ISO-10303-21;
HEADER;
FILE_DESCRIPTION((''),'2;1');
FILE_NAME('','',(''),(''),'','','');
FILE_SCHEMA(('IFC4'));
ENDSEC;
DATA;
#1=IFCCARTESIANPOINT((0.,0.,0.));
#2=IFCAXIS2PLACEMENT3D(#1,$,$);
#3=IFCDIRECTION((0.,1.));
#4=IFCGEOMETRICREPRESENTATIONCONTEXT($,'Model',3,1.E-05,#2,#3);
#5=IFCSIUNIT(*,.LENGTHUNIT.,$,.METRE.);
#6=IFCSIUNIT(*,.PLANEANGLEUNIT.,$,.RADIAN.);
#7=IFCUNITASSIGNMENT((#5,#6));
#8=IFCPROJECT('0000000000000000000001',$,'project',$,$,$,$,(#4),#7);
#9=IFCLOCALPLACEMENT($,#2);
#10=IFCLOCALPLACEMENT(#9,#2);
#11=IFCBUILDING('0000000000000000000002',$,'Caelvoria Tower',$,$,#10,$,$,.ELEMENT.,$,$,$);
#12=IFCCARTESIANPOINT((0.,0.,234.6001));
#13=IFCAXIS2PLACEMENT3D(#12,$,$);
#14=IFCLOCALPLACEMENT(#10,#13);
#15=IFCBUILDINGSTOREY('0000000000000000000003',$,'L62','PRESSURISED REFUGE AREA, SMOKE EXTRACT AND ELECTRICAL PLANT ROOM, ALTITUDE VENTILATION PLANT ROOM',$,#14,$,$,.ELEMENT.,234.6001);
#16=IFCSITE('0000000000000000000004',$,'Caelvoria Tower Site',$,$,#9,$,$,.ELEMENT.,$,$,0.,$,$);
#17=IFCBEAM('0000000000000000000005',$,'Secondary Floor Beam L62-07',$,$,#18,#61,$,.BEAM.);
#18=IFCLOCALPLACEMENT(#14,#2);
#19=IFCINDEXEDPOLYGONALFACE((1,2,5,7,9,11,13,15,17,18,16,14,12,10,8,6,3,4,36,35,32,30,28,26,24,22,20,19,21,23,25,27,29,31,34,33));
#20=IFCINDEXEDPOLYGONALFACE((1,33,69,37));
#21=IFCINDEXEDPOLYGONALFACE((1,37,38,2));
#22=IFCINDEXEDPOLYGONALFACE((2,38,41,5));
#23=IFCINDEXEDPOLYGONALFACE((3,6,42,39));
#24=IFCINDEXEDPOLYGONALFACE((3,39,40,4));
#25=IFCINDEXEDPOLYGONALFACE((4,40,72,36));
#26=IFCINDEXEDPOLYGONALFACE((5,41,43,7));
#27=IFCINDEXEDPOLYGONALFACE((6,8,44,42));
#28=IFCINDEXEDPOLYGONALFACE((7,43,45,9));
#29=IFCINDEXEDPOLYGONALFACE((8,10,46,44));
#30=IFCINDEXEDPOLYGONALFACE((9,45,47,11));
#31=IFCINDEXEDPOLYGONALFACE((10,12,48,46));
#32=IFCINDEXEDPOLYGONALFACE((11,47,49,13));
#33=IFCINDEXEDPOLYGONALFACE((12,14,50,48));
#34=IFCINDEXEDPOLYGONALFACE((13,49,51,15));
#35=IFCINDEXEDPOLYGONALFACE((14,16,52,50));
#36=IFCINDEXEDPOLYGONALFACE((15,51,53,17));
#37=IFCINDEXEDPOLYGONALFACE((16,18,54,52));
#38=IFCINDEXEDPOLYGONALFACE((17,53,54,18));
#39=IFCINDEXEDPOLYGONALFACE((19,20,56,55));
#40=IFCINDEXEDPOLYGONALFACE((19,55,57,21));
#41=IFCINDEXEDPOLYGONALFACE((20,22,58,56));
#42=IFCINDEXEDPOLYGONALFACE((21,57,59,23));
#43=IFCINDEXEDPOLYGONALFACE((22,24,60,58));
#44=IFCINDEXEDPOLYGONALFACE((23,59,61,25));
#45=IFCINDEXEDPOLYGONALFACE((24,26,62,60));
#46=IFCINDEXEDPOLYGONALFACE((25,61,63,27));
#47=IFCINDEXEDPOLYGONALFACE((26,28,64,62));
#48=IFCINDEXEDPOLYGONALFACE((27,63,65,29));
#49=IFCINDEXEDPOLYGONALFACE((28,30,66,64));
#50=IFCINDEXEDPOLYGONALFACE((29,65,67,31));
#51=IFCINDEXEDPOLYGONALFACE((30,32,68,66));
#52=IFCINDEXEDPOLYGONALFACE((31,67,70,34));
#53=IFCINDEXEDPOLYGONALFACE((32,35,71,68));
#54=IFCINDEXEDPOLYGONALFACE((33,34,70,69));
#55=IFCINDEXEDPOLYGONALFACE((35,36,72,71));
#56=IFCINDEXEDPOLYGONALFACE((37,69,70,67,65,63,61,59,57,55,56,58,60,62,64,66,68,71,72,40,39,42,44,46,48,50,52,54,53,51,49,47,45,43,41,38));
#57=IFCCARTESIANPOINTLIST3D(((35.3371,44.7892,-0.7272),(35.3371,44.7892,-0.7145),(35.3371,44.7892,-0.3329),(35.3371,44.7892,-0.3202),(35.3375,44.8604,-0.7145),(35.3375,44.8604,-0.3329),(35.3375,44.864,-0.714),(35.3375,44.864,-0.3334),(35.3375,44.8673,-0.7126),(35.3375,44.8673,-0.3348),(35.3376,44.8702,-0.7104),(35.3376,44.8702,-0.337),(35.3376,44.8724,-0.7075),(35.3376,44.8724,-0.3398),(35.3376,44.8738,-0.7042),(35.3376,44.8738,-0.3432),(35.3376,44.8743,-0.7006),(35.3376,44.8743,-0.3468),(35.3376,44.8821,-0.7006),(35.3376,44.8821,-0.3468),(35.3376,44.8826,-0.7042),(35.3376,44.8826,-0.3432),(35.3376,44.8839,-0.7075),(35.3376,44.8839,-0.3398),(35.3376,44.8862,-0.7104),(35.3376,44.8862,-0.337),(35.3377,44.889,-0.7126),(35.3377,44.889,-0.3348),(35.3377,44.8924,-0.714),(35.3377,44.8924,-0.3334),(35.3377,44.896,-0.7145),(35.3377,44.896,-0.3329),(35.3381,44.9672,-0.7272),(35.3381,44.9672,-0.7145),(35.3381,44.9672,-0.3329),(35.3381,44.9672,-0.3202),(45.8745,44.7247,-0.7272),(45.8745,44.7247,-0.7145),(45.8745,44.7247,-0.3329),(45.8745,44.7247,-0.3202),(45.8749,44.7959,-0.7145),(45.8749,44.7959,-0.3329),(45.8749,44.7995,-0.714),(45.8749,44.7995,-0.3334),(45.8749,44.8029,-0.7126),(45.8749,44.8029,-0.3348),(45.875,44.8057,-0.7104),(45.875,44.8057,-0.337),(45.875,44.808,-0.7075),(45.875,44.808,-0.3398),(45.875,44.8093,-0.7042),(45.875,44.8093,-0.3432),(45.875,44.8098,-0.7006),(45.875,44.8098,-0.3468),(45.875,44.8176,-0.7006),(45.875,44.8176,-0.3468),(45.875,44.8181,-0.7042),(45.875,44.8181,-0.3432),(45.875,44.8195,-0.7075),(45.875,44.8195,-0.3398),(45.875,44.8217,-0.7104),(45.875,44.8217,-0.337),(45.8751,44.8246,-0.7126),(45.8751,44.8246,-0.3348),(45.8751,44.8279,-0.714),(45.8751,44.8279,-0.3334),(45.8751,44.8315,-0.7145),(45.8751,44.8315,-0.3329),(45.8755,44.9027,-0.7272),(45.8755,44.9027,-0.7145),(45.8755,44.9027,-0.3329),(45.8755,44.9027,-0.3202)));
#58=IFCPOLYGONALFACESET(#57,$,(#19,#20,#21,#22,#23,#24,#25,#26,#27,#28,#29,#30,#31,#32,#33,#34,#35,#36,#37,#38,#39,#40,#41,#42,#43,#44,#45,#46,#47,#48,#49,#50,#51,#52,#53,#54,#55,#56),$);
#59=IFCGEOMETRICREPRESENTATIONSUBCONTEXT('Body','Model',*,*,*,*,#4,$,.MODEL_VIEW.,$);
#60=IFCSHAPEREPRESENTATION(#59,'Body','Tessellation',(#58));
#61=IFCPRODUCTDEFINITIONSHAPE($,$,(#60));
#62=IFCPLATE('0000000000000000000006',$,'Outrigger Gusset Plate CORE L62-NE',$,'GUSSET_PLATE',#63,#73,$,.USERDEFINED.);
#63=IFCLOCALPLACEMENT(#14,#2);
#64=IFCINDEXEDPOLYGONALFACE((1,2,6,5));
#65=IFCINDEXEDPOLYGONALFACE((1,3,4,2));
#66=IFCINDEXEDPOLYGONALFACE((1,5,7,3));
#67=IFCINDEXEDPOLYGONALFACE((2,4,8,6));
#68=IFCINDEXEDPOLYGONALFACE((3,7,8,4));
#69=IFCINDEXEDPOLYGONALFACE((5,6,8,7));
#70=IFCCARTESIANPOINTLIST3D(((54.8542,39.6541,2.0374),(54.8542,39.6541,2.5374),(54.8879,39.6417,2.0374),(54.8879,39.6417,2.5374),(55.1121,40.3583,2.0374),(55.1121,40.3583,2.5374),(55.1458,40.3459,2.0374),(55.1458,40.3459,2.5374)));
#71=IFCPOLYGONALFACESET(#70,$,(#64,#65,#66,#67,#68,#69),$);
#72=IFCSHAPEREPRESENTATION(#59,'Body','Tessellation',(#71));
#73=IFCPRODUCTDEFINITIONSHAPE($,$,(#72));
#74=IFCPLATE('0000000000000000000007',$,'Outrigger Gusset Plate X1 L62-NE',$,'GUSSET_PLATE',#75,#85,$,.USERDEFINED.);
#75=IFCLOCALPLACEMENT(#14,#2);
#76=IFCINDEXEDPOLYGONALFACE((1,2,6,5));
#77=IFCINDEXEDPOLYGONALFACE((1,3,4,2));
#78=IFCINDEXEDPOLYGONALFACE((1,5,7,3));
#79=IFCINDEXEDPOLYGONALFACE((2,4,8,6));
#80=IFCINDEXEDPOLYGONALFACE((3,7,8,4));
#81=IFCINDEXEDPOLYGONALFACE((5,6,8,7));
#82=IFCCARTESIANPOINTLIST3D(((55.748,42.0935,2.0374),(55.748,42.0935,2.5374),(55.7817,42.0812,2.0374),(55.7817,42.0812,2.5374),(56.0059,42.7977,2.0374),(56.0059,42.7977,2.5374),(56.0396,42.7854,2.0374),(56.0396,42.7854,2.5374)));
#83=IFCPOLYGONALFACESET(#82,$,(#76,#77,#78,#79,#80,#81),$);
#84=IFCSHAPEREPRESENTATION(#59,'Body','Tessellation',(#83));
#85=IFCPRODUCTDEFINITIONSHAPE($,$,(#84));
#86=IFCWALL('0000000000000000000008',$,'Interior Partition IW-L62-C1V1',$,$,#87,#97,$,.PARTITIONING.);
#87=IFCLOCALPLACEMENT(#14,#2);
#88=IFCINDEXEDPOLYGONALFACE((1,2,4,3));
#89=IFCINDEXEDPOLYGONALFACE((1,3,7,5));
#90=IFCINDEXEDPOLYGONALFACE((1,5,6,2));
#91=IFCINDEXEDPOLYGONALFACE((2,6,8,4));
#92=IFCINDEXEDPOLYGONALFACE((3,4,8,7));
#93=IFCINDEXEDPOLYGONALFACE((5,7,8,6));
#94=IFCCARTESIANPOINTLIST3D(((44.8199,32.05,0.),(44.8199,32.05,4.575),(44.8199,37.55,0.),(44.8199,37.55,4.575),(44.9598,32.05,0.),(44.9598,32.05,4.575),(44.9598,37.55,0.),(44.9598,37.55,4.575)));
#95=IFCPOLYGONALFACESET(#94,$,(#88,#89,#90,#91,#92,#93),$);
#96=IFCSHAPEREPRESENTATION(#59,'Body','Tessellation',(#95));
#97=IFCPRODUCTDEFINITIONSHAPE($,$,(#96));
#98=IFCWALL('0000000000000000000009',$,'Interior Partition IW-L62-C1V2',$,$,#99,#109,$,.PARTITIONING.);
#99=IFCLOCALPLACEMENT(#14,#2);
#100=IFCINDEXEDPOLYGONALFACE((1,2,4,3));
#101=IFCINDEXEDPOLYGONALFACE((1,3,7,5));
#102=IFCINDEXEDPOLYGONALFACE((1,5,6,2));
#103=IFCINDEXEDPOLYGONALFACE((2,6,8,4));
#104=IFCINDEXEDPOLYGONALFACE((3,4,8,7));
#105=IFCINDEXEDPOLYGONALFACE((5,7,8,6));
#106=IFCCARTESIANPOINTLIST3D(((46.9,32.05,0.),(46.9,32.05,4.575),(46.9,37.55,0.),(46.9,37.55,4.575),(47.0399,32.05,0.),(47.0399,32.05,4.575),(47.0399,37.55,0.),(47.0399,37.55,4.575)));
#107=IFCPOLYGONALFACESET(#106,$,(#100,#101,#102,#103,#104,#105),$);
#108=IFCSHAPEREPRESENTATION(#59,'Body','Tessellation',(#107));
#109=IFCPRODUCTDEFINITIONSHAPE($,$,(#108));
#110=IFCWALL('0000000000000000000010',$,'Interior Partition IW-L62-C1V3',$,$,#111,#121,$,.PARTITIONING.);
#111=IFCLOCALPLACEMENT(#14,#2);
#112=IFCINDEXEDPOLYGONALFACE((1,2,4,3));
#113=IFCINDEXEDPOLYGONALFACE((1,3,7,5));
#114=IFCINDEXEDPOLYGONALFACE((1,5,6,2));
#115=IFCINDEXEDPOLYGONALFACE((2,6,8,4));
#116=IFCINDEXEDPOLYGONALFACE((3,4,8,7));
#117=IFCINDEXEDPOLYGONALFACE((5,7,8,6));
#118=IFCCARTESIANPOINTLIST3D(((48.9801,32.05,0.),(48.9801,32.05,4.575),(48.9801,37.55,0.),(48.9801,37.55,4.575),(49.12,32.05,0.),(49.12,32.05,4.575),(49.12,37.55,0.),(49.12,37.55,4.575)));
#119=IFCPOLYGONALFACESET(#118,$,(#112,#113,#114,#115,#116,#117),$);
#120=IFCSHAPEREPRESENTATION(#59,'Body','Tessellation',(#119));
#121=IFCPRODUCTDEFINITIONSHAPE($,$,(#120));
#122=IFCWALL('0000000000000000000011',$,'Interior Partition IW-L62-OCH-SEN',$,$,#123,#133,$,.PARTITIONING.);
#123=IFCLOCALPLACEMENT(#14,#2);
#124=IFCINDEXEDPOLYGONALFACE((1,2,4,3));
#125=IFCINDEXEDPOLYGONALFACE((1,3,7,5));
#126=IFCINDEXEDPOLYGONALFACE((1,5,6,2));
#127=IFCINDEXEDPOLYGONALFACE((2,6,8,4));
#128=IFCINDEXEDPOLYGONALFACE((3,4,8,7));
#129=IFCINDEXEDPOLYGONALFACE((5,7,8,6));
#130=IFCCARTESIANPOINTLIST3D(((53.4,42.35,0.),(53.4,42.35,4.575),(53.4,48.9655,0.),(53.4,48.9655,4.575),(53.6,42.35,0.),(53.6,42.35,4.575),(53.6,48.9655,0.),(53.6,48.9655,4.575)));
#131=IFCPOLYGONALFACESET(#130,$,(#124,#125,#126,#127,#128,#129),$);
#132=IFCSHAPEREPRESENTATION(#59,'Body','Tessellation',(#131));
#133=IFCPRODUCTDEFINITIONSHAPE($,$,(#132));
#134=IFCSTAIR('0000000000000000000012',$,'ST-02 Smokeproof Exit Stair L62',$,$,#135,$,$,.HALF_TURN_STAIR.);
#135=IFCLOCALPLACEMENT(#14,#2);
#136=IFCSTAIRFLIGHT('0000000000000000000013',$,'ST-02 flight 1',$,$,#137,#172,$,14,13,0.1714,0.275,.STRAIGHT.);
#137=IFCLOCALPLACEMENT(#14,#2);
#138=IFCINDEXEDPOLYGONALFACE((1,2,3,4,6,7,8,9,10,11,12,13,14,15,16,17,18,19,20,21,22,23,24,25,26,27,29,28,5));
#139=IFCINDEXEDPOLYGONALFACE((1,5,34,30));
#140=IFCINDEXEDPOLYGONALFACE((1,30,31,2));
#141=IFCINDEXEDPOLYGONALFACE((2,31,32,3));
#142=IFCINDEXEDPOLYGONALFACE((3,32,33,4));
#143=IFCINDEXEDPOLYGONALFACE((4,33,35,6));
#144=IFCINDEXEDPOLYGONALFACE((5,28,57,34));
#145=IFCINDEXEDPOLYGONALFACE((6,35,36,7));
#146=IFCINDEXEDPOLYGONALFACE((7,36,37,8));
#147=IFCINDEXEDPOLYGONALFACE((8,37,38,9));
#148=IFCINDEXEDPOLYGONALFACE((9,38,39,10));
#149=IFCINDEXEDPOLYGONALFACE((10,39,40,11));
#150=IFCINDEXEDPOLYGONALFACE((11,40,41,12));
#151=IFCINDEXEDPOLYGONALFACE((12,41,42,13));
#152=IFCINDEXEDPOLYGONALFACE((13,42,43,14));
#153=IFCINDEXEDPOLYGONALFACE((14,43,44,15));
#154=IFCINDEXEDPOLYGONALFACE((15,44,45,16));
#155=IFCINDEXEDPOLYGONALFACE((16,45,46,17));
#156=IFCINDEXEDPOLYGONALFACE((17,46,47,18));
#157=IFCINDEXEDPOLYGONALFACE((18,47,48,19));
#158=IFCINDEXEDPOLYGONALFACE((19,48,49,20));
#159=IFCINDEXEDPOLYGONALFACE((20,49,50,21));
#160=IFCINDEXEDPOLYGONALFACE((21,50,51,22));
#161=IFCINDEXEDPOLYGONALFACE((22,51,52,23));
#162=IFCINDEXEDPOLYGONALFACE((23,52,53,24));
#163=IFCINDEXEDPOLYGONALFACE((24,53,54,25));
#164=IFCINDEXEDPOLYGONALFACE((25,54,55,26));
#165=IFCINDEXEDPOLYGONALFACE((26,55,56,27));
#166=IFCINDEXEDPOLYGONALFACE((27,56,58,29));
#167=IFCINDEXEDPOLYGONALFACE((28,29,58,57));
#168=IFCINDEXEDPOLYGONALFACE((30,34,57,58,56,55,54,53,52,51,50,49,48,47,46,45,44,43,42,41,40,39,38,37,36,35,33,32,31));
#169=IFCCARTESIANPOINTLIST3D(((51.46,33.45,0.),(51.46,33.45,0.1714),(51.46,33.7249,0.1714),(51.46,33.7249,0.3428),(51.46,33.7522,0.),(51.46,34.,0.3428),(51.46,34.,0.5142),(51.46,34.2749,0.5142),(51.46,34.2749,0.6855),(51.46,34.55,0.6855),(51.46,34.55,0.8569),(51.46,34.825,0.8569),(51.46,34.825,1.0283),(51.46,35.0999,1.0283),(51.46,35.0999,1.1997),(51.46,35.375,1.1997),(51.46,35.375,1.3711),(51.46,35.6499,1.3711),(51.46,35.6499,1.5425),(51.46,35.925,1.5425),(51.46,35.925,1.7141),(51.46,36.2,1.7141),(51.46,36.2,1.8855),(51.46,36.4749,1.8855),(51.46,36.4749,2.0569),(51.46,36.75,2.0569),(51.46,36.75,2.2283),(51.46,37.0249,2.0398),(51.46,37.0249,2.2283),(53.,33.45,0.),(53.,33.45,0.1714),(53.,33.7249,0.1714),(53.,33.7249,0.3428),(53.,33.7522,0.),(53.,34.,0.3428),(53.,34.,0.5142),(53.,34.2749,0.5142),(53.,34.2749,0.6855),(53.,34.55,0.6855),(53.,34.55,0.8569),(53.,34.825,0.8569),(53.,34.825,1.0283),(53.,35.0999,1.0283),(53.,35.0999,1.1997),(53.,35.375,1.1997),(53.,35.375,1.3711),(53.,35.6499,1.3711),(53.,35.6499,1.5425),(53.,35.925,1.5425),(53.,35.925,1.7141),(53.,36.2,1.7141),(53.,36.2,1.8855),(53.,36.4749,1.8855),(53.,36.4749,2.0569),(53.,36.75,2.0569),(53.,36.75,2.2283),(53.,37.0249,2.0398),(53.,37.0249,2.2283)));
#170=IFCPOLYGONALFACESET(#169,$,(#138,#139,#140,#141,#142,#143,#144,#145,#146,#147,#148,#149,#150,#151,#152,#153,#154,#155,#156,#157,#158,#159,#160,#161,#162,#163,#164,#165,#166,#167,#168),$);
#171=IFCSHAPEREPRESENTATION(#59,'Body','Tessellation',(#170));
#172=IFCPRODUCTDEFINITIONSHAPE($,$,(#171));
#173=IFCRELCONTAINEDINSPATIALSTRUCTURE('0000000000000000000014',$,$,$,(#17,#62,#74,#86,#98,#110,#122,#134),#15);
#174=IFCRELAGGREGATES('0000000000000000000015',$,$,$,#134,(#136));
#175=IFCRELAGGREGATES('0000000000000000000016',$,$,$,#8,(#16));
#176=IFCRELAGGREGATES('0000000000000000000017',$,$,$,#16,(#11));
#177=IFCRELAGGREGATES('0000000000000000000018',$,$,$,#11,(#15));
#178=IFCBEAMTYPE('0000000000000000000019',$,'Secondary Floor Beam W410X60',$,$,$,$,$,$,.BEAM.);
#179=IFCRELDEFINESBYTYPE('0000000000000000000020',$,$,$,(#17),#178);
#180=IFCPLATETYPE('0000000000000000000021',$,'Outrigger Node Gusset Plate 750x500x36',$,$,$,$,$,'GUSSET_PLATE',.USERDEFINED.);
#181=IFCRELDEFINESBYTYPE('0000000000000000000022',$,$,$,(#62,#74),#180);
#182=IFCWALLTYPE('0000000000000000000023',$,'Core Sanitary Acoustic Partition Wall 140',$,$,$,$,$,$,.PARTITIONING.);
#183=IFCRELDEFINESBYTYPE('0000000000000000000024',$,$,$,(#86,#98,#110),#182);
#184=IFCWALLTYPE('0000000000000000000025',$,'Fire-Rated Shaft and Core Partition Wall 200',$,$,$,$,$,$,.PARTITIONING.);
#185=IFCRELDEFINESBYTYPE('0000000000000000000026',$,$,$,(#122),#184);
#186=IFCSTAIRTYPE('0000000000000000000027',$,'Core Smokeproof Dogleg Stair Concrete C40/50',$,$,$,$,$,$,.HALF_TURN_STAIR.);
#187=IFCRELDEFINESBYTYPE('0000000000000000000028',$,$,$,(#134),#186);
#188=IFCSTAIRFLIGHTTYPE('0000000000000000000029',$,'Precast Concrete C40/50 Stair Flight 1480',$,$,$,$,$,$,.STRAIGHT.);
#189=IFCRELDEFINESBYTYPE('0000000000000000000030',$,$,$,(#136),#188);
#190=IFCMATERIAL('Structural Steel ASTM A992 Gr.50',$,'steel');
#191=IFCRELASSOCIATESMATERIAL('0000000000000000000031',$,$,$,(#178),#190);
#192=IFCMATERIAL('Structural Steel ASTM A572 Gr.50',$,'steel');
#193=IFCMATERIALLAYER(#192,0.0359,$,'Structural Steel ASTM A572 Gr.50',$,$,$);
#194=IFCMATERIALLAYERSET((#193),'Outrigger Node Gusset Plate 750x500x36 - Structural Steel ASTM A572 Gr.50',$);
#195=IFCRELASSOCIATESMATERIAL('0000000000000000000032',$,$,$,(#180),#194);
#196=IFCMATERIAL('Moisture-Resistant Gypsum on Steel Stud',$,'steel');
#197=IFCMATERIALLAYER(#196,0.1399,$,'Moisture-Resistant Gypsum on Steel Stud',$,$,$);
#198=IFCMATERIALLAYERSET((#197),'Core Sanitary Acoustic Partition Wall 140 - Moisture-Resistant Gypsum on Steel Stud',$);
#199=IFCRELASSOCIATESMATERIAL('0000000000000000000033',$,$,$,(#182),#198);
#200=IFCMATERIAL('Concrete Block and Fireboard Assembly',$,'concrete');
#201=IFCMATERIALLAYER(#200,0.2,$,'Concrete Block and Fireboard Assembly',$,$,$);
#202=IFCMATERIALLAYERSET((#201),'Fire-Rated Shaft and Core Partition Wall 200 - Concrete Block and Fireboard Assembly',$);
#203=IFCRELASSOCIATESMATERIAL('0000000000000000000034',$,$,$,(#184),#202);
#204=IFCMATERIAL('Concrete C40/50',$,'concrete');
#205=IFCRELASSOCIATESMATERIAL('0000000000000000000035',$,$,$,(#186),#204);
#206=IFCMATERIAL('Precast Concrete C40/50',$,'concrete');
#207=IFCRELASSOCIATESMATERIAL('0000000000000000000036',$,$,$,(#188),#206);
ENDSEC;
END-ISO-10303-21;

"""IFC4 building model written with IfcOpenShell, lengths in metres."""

from ifc_helpers import new_model, si_unit, direction, frame, frame_2d, origin, origin_2d, place, context, subcontext, project, spatial, polyline, rectangle, i_section, outline, extrude, material, layer, layer_set, material_profile, profile_set, type_object, element, aggregate, save


model = new_model("IFC4")

# Units and contexts
model_context = context("Model", 3, precision=1e-05, world=origin(), true_north=direction((0.0, 1.0)))
body_context = subcontext(model_context, "Body", "Model", "MODEL_VIEW")
ifc_project = project(units=[si_unit("LENGTHUNIT", "METRE"), si_unit("PLANEANGLEUNIT", "RADIAN")], contexts=[model_context])

# Site, building, storey
site_placement = place(None, origin())
site = spatial("IfcSite", under=ifc_project, at=site_placement, Name="Caelvoria Tower Site", CompositionType="ELEMENT", RefElevation=0.0)
building_placement = place(site_placement, origin())
building = spatial("IfcBuilding", under=site, at=building_placement, Name="Caelvoria Tower", CompositionType="ELEMENT")
storey_placement = place(building_placement, frame((0.0, 0.0, 234.6001)))
storey = spatial("IfcBuildingStorey", under=building, at=storey_placement, Name="L62", Description="PRESSURISED REFUGE AREA, SMOKE EXTRACT AND ELECTRICAL PLANT ROOM, ALTITUDE VENTILATION PLANT ROOM", CompositionType="ELEMENT", Elevation=234.6001)

# Shared definitions
ifc_material_1 = material(Name="Structural Steel ASTM A992 Gr.50", Category="steel")

# Shared definitions
ifc_material_2 = material(Name="Structural Steel ASTM A572 Gr.50", Category="steel")

# Beam
ifc_material_profile_1 = material_profile(ifc_material_1, i_section(OverallWidth=0.178, OverallDepth=0.407, WebThickness=0.0078, FlangeThickness=0.0127, FilletRadius=0.0139, at=origin_2d()), Name="Structural Steel ASTM A992 Gr.50")
ifc_profile_set_1 = profile_set([ifc_material_profile_1], Name="W410X60 - Structural Steel ASTM A992 Gr.50")
beam_type_1 = type_object("IfcBeamType", Name="Secondary Floor Beam W410X60", PredefinedType="BEAM", material=ifc_profile_set_1)
for number, where, z_axis, x_axis, name in (
    (1, (45.875, 44.8137, -0.5237), (-0.999981, 0.006117, 0.0), (-0.006117, -0.999981, 0.0), "Secondary Floor Beam L62-07"),
):
    element("IfcBeam", number, at=place(storey_placement, frame(where, z_axis=z_axis, x_axis=x_axis)), inside=storey, type_object=beam_type_1, Name=name, PredefinedType="BEAM", context=body_context, shape_type="SweptSolid", body=[
        extrude(i_section(OverallWidth=0.178, OverallDepth=0.407, WebThickness=0.0078, FlangeThickness=0.0127, FilletRadius=0.0139, at=origin_2d()), origin(), (0.0, 0.0, 1.0), 10.5376),
    ])

# Plates
ifc_layer_1 = layer(ifc_material_2, 0.0359, Name="Structural Steel ASTM A572 Gr.50")
ifc_layer_set_1 = layer_set([ifc_layer_1], Name="Outrigger Node Gusset Plate 750x500x36 - Structural Steel ASTM A572 Gr.50")
plate_type = type_object("IfcPlateType", Name="Outrigger Node Gusset Plate 750x500x36", ElementType="GUSSET_PLATE", PredefinedType="USERDEFINED", material=ifc_layer_set_1)
for number, where, z_axis, x_axis, name in (
    (2, (55.0, 40.0, 2.0374), (0.0, 0.0, 1.0), (0.343992, 0.938972, 0.0), "Outrigger Gusset Plate CORE L62-NE"),
    (3, (55.8938, 42.4395, 2.0374), (0.0, 0.0, 1.0), (0.343992, 0.938972, 0.0), "Outrigger Gusset Plate X1 L62-NE"),
):
    element("IfcPlate", number, at=place(storey_placement, frame(where, z_axis=z_axis, x_axis=x_axis)), inside=storey, type_object=plate_type, Name=name, ObjectType="GUSSET_PLATE", PredefinedType="USERDEFINED", context=body_context, shape_type="SweptSolid", body=[
        extrude(rectangle(XDim=0.75, YDim=0.0359, at=origin_2d()), origin(), (0.0, 0.0, 1.0), 0.5),
    ])

# Walls
ifc_material_3 = material(Name="Moisture-Resistant Gypsum on Steel Stud", Category="steel")
ifc_layer_2 = layer(ifc_material_3, 0.1399, Name="Moisture-Resistant Gypsum on Steel Stud")
ifc_layer_set_2 = layer_set([ifc_layer_2], Name="Core Sanitary Acoustic Partition Wall 140 - Moisture-Resistant Gypsum on Steel Stud")
wall_type_1 = type_object("IfcWallType", Name="Core Sanitary Acoustic Partition Wall 140", PredefinedType="PARTITIONING", material=ifc_layer_set_2)
for number, where, z_axis, x_axis, name in (
    (4, (44.8899, 32.05, 0.0), (0.0, 0.0, 1.0), (0.0, 1.0, 0.0), "Interior Partition IW-L62-C1V1"),
    (5, (46.97, 32.05, 0.0), (0.0, 0.0, 1.0), (0.0, 1.0, 0.0), "Interior Partition IW-L62-C1V2"),
    (6, (49.05, 32.05, 0.0), (0.0, 0.0, 1.0), (0.0, 1.0, 0.0), "Interior Partition IW-L62-C1V3"),
):
    element("IfcWall", number, at=place(storey_placement, frame(where, z_axis=z_axis, x_axis=x_axis)), inside=storey, type_object=wall_type_1, Name=name, PredefinedType="PARTITIONING", context=body_context, shape_type="SweptSolid", body=[
        extrude(rectangle(XDim=5.5, YDim=0.1399, at=frame_2d((2.75, 0.0))), origin(), (0.0, 0.0, 1.0), 4.575),
    ])
ifc_material_4 = material(Name="Concrete Block and Fireboard Assembly", Category="concrete")
ifc_layer_3 = layer(ifc_material_4, 0.2, Name="Concrete Block and Fireboard Assembly")
ifc_layer_set_3 = layer_set([ifc_layer_3], Name="Fire-Rated Shaft and Core Partition Wall 200 - Concrete Block and Fireboard Assembly")
wall_type_2 = type_object("IfcWallType", Name="Fire-Rated Shaft and Core Partition Wall 200", PredefinedType="PARTITIONING", material=ifc_layer_set_3)
wall_placement = place(storey_placement, frame((53.5, 42.3501, 0.0), z_axis=(0.0, 0.0, 1.0), x_axis=(0.0, 1.0, 0.0)))
element("IfcWall", 7, at=wall_placement, inside=storey, type_object=wall_type_2, Name="Interior Partition IW-L62-OCH-SEN", PredefinedType="PARTITIONING", context=body_context, shape_type="SweptSolid", body=[
    extrude(rectangle(XDim=6.6155, YDim=0.2, at=frame_2d((3.3076, 0.0))), origin(), (0.0, 0.0, 1.0), 4.575),
])

# Stair, stair flight
ifc_material_5 = material(Name="Concrete C40/50", Category="concrete")
stair_type = type_object("IfcStairType", Name="Core Smokeproof Dogleg Stair Concrete C40/50", PredefinedType="HALF_TURN_STAIR", material=ifc_material_5)
stair_placement = place(storey_placement, origin())
stair = element("IfcStair", 8, at=stair_placement, inside=storey, type_object=stair_type, Name="ST-02 Smokeproof Exit Stair L62", PredefinedType="HALF_TURN_STAIR")
ifc_material_6 = material(Name="Precast Concrete C40/50", Category="concrete")
stair_flight_type = type_object("IfcStairFlightType", Name="Precast Concrete C40/50 Stair Flight 1480", PredefinedType="STRAIGHT", material=ifc_material_6)
stair_flight_1_placement = place(storey_placement, frame((52.23, 33.45, 0.0), z_axis=(0.0, 0.0, 1.0), x_axis=(0.0, 1.0, 0.0)))
stair_flight_1 = element("IfcStairFlight", 9, at=stair_flight_1_placement, type_object=stair_flight_type, Name="ST-02 flight 1", NumberOfRisers=14, NumberOfTreads=13, PredefinedType="STRAIGHT", RiserHeight=0.1714, TreadLength=0.275, context=body_context, shape_type="SweptSolid", body=[
    extrude(outline(polyline([(0.0, 0.0), (0.0, 0.1714), (0.2749, 0.1714), (0.2749, 0.3428), (0.55, 0.3428), (0.55, 0.5142), (0.825, 0.5142), (0.825, 0.6855), (1.1001, 0.6855), (1.1001, 0.8569), (1.375, 0.8569), (1.375, 1.0283), (1.6499, 1.0283), (1.6499, 1.1997), (1.925, 1.1997), (1.925, 1.3711), (2.2, 1.3711), (2.2, 1.5425), (2.4751, 1.5425), (2.4751, 1.7141), (2.75, 1.7141), (2.75, 1.8855), (3.0249, 1.8855), (3.0249, 2.0569), (3.3, 2.0569), (3.3, 2.2283), (3.575, 2.2283), (3.575, 2.3997), (3.575, 2.0398), (0.3022, 0.0), (0.0, 0.0)])), frame((0.0, 0.77, 0.0), z_axis=(0.0, -1.0, 0.0), x_axis=(1.0, 0.0, 0.0)), (0.0, 0.0, 1.0), 1.54),
])
aggregate(stair, [stair_flight_1])

save(model, "model.ifc")
